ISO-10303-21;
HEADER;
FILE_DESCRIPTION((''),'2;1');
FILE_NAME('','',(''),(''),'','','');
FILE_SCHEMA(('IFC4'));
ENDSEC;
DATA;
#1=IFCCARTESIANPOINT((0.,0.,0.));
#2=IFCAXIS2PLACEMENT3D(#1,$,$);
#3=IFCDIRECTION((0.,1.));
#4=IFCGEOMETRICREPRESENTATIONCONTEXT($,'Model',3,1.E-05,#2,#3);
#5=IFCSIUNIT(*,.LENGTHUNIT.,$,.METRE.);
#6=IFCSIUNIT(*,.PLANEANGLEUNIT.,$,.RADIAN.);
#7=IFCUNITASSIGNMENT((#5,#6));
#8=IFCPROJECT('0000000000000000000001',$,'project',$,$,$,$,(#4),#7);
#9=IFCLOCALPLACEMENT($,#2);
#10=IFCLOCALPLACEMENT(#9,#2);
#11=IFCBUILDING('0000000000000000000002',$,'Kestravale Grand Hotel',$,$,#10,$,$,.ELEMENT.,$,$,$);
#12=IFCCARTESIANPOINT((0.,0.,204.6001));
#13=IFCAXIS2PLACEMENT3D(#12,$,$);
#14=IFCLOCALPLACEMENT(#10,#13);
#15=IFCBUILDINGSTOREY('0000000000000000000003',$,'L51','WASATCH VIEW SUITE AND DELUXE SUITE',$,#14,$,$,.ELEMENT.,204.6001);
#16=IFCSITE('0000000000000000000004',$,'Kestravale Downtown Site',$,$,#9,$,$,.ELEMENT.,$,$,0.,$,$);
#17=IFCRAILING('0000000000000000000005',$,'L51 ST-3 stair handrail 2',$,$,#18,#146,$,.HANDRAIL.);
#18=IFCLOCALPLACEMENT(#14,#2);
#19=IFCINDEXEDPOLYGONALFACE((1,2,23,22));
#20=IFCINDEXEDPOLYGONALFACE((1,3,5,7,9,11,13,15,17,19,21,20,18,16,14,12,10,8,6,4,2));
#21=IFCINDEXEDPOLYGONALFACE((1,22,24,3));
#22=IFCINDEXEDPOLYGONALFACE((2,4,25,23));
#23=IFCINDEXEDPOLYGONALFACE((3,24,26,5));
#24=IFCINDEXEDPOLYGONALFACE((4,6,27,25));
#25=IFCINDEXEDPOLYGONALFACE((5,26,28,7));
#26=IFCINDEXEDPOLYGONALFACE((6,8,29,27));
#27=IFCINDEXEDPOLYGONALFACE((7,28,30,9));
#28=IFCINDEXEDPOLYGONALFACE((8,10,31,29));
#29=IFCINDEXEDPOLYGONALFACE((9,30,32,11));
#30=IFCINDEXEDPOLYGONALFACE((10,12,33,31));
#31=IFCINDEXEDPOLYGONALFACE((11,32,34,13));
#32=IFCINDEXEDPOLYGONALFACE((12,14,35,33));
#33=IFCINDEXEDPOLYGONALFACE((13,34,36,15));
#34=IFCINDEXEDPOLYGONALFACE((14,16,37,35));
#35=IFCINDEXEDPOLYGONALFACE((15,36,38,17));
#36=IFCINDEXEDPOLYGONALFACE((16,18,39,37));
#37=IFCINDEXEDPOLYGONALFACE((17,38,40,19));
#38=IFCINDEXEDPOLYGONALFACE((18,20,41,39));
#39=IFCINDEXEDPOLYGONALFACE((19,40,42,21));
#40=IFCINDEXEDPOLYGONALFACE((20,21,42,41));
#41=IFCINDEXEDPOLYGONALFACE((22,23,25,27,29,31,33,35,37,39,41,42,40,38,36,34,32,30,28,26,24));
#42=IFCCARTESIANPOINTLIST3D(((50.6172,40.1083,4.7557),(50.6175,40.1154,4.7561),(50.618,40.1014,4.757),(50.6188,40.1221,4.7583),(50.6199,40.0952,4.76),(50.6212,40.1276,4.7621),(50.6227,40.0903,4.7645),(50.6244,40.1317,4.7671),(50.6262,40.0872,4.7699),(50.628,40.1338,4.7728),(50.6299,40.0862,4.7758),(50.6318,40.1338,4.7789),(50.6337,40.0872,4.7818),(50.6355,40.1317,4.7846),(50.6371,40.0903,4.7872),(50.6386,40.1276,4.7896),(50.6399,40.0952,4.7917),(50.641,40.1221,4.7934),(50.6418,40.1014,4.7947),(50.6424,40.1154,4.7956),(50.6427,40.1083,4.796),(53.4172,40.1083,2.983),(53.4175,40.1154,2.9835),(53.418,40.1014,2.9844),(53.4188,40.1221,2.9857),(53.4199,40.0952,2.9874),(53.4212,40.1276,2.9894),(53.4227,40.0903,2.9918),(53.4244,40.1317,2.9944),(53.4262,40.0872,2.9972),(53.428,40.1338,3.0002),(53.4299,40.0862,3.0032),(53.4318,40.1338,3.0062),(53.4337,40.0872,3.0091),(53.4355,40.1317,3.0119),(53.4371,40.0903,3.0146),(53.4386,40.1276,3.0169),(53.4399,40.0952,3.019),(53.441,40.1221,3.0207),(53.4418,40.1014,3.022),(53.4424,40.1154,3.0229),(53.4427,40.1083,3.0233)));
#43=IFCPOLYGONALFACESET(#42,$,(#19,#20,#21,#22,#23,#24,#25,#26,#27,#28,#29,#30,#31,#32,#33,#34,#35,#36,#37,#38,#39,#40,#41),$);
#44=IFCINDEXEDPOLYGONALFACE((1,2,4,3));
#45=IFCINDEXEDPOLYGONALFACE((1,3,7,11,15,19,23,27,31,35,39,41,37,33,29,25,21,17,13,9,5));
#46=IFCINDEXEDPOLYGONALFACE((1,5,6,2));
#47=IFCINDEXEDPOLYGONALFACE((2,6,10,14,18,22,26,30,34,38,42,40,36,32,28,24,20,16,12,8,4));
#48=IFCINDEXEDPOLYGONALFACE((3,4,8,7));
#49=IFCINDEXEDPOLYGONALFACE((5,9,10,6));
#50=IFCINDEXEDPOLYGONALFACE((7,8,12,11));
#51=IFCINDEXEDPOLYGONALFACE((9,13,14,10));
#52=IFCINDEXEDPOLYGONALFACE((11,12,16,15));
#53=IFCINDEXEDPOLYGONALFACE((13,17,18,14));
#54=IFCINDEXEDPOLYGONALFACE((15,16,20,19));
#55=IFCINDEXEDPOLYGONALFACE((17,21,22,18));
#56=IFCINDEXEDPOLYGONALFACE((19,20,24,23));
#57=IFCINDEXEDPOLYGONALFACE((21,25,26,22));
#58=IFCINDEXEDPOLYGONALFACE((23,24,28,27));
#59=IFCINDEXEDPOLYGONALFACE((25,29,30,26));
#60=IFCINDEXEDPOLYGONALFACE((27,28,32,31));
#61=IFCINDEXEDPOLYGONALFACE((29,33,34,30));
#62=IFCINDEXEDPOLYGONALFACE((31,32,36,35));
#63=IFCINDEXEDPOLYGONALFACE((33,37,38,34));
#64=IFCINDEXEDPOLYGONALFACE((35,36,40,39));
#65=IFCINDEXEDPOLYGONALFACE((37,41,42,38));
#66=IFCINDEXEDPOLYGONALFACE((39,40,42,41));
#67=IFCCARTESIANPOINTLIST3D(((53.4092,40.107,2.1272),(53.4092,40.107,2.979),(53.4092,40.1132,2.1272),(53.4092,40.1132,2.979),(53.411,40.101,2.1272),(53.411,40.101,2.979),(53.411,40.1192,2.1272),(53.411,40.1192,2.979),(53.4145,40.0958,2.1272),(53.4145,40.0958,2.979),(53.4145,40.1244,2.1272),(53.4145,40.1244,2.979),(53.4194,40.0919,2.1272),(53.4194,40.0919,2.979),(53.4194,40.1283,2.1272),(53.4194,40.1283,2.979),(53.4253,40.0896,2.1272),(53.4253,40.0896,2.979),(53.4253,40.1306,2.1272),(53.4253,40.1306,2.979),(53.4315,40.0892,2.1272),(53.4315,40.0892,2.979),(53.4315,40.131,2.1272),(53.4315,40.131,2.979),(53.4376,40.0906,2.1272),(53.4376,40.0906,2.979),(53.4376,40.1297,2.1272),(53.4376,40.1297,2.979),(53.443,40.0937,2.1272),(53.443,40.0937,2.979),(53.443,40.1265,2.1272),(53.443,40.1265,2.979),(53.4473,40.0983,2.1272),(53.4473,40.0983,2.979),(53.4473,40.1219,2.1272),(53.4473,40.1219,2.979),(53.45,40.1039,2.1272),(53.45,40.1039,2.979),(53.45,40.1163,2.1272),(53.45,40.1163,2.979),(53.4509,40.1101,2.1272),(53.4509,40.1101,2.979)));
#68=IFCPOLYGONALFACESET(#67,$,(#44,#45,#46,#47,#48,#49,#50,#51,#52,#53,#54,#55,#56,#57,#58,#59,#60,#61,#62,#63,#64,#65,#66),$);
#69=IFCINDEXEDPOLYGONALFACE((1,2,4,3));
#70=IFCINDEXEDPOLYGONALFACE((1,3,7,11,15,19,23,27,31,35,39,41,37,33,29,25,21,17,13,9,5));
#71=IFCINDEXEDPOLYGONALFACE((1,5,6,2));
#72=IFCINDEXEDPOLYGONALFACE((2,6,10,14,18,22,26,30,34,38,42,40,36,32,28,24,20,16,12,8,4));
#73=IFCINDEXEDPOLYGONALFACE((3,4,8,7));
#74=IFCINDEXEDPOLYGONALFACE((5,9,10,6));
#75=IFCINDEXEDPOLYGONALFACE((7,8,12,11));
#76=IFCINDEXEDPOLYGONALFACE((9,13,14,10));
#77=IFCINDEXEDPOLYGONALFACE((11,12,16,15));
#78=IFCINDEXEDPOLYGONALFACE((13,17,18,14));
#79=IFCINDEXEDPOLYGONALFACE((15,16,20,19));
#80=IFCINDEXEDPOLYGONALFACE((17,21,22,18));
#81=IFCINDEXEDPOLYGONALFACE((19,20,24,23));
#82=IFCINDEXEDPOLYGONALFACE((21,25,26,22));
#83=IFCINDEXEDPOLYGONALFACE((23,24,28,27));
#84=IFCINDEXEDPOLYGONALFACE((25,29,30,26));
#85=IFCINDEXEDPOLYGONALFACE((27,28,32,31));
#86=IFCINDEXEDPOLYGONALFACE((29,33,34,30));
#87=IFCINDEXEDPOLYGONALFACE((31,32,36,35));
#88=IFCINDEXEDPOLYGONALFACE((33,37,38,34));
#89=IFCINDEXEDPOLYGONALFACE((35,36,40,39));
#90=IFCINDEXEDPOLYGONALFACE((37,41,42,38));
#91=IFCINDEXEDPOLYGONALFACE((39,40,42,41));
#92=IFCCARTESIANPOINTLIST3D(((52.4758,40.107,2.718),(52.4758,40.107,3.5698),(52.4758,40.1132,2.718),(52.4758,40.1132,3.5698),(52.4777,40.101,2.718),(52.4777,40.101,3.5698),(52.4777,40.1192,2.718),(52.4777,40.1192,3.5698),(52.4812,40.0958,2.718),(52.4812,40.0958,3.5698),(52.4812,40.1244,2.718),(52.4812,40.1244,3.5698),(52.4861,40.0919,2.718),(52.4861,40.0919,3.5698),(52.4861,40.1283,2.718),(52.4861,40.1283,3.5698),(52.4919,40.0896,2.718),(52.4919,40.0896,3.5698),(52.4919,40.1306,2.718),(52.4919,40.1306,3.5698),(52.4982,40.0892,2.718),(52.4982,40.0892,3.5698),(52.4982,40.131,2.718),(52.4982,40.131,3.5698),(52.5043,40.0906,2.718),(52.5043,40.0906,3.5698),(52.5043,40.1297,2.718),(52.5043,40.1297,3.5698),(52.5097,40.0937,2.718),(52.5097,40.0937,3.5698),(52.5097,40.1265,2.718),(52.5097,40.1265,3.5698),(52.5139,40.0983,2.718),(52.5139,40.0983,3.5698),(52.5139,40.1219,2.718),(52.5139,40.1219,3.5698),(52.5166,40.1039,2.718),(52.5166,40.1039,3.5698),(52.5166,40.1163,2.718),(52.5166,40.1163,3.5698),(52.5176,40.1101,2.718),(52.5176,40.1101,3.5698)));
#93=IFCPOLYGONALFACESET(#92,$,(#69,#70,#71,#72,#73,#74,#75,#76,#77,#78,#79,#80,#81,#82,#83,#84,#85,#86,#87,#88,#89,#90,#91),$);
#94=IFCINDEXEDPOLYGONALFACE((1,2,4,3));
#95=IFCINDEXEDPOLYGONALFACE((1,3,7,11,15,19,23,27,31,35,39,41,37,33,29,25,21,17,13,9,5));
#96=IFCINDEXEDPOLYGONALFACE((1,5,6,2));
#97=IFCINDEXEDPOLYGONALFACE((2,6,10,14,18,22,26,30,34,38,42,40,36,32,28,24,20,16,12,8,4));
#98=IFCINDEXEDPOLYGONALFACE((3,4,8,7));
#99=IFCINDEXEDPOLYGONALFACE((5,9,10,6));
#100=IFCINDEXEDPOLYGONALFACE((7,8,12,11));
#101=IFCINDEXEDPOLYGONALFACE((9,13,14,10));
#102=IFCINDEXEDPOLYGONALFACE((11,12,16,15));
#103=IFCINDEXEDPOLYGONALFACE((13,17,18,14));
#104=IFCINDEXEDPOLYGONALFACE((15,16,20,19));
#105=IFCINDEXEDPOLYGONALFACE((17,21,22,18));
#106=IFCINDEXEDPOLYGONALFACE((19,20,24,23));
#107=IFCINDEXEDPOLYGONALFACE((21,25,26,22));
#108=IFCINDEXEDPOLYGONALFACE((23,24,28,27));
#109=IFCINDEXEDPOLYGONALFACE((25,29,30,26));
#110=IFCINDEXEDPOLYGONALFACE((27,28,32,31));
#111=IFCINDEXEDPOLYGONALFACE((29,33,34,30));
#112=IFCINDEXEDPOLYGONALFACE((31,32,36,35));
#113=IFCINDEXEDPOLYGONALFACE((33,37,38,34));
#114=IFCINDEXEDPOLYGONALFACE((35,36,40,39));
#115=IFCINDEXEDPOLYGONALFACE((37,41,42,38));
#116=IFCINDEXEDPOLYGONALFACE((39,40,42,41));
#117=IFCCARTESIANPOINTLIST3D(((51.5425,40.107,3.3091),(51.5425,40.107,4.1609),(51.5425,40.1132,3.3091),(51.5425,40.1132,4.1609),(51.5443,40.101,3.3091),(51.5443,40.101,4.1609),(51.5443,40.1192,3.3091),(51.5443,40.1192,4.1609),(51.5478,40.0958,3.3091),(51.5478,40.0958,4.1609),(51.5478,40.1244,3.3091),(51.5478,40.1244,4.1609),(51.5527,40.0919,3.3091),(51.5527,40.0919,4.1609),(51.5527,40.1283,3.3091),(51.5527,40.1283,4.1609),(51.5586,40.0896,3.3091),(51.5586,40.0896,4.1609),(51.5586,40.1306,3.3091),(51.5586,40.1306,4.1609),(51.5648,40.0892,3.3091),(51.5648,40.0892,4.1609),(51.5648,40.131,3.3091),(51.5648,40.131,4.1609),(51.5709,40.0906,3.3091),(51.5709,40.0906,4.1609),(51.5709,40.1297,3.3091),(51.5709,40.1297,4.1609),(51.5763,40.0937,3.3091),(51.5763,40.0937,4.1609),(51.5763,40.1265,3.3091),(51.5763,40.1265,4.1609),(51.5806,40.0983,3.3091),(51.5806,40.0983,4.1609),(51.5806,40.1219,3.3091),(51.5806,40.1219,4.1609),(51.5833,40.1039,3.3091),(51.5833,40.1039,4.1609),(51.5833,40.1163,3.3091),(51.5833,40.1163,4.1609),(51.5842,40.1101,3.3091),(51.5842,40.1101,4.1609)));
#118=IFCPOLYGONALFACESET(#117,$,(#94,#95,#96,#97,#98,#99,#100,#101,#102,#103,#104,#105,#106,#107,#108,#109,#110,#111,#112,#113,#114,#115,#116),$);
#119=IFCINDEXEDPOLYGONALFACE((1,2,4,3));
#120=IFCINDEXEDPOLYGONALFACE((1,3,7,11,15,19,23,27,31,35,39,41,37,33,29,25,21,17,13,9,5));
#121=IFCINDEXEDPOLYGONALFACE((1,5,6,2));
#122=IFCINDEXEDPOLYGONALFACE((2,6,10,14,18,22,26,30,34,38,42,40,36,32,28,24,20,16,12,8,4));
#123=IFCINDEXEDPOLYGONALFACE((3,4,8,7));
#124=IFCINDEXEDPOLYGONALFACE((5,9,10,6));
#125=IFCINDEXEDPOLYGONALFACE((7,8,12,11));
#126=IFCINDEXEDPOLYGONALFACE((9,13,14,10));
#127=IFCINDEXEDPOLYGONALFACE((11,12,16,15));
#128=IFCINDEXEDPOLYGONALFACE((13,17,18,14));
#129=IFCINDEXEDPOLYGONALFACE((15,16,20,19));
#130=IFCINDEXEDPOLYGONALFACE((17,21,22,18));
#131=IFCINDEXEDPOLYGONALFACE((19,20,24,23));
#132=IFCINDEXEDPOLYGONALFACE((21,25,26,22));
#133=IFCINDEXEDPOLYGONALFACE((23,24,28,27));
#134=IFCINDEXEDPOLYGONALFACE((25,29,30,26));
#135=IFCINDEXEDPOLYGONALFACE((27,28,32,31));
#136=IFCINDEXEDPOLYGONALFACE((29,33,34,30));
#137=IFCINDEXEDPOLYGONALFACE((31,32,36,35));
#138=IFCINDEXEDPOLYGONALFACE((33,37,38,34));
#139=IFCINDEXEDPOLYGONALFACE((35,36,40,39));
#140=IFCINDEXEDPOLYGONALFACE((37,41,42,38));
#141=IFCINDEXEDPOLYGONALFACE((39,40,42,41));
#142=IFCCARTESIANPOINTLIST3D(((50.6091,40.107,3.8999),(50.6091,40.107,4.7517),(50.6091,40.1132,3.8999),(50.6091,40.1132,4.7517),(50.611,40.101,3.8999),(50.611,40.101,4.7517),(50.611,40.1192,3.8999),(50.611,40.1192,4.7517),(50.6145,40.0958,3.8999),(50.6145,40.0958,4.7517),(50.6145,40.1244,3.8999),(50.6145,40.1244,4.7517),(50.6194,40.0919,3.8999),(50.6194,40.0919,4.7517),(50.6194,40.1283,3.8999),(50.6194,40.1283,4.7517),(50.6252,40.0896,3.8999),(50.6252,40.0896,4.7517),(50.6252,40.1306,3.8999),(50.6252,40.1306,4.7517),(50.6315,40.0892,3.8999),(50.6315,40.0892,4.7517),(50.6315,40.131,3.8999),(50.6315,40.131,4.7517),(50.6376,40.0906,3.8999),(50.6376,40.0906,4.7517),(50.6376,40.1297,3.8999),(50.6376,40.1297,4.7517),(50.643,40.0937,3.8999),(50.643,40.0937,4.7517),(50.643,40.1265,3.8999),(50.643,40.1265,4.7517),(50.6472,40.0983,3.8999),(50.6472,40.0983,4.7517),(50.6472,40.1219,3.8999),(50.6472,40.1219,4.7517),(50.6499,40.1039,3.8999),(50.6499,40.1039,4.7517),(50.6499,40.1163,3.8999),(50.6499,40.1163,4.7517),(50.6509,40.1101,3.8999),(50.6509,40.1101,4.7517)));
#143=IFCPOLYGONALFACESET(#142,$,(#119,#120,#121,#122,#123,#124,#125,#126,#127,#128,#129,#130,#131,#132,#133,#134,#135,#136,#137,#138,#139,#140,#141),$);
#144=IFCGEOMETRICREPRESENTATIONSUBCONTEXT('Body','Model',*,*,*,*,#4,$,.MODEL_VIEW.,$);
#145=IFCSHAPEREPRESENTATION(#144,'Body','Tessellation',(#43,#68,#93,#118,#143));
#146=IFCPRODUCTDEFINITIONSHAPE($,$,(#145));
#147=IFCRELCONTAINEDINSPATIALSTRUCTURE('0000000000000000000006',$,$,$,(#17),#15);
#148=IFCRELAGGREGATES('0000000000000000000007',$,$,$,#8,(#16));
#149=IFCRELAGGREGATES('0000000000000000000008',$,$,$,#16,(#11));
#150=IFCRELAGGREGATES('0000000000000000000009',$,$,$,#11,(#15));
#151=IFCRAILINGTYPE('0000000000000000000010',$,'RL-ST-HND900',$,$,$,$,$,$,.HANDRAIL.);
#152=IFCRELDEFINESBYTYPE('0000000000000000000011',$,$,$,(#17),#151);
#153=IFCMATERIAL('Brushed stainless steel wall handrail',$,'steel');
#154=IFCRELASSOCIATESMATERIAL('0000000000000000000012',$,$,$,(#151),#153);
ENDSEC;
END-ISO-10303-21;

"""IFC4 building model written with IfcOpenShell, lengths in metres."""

from ifc_helpers import new_model, si_unit, direction, frame, origin, origin_2d, place, context, subcontext, project, spatial, circle, extrude, material, type_object, element, save


model = new_model("IFC4")

# Units and contexts
model_context = context("Model", 3, precision=1e-05, world=origin(), true_north=direction((0.0, 1.0)))
body_context = subcontext(model_context, "Body", "Model", "MODEL_VIEW")
ifc_project = project(units=[si_unit("LENGTHUNIT", "METRE"), si_unit("PLANEANGLEUNIT", "RADIAN")], contexts=[model_context])

# Site, building, storey
site_placement = place(None, origin())
site = spatial("IfcSite", under=ifc_project, at=site_placement, Name="Kestravale Downtown Site", CompositionType="ELEMENT", RefElevation=0.0)
building_placement = place(site_placement, origin())
building = spatial("IfcBuilding", under=site, at=building_placement, Name="Kestravale Grand Hotel", CompositionType="ELEMENT")
storey_placement = place(building_placement, frame((0.0, 0.0, 204.6001)))
storey = spatial("IfcBuildingStorey", under=building, at=storey_placement, Name="L51", Description="WASATCH VIEW SUITE AND DELUXE SUITE", CompositionType="ELEMENT", Elevation=204.6001)

# Railing
ifc_material_1 = material(Name="Brushed stainless steel wall handrail", Category="steel")
railing_type_1 = type_object("IfcRailingType", Name="RL-ST-HND900", PredefinedType="HANDRAIL", material=ifc_material_1)
railing_1_placement = place(storey_placement, frame((53.4299, 40.1101, 2.1272)))
element("IfcRailing", 1, at=railing_1_placement, inside=storey, type_object=railing_type_1, Name="L51 ST-3 stair handrail 2", PredefinedType="HANDRAIL", context=body_context, shape_type="SweptSolid", body=[
    extrude(circle(Radius=0.0239, at=origin_2d()), frame((0.0, 0.0, 0.876), z_axis=(-0.844909, 0.0, 0.53491), x_axis=(0.0, -1.0, 0.0)), (0.0, 0.0, 1.0), 3.314),
    extrude(circle(Radius=0.021, at=origin_2d()), origin(), (0.0, 0.0, 1.0), 0.8518),
    extrude(circle(Radius=0.021, at=origin_2d()), frame((-0.9333, 0.0, 0.5908)), (0.0, 0.0, 1.0), 0.8518),
    extrude(circle(Radius=0.021, at=origin_2d()), frame((-1.8667, 0.0, 1.1819)), (0.0, 0.0, 1.0), 0.8518),
    extrude(circle(Radius=0.021, at=origin_2d()), frame((-2.8, 0.0, 1.7727)), (0.0, 0.0, 1.0), 0.8518),
])

save(model, "model.ifc")
